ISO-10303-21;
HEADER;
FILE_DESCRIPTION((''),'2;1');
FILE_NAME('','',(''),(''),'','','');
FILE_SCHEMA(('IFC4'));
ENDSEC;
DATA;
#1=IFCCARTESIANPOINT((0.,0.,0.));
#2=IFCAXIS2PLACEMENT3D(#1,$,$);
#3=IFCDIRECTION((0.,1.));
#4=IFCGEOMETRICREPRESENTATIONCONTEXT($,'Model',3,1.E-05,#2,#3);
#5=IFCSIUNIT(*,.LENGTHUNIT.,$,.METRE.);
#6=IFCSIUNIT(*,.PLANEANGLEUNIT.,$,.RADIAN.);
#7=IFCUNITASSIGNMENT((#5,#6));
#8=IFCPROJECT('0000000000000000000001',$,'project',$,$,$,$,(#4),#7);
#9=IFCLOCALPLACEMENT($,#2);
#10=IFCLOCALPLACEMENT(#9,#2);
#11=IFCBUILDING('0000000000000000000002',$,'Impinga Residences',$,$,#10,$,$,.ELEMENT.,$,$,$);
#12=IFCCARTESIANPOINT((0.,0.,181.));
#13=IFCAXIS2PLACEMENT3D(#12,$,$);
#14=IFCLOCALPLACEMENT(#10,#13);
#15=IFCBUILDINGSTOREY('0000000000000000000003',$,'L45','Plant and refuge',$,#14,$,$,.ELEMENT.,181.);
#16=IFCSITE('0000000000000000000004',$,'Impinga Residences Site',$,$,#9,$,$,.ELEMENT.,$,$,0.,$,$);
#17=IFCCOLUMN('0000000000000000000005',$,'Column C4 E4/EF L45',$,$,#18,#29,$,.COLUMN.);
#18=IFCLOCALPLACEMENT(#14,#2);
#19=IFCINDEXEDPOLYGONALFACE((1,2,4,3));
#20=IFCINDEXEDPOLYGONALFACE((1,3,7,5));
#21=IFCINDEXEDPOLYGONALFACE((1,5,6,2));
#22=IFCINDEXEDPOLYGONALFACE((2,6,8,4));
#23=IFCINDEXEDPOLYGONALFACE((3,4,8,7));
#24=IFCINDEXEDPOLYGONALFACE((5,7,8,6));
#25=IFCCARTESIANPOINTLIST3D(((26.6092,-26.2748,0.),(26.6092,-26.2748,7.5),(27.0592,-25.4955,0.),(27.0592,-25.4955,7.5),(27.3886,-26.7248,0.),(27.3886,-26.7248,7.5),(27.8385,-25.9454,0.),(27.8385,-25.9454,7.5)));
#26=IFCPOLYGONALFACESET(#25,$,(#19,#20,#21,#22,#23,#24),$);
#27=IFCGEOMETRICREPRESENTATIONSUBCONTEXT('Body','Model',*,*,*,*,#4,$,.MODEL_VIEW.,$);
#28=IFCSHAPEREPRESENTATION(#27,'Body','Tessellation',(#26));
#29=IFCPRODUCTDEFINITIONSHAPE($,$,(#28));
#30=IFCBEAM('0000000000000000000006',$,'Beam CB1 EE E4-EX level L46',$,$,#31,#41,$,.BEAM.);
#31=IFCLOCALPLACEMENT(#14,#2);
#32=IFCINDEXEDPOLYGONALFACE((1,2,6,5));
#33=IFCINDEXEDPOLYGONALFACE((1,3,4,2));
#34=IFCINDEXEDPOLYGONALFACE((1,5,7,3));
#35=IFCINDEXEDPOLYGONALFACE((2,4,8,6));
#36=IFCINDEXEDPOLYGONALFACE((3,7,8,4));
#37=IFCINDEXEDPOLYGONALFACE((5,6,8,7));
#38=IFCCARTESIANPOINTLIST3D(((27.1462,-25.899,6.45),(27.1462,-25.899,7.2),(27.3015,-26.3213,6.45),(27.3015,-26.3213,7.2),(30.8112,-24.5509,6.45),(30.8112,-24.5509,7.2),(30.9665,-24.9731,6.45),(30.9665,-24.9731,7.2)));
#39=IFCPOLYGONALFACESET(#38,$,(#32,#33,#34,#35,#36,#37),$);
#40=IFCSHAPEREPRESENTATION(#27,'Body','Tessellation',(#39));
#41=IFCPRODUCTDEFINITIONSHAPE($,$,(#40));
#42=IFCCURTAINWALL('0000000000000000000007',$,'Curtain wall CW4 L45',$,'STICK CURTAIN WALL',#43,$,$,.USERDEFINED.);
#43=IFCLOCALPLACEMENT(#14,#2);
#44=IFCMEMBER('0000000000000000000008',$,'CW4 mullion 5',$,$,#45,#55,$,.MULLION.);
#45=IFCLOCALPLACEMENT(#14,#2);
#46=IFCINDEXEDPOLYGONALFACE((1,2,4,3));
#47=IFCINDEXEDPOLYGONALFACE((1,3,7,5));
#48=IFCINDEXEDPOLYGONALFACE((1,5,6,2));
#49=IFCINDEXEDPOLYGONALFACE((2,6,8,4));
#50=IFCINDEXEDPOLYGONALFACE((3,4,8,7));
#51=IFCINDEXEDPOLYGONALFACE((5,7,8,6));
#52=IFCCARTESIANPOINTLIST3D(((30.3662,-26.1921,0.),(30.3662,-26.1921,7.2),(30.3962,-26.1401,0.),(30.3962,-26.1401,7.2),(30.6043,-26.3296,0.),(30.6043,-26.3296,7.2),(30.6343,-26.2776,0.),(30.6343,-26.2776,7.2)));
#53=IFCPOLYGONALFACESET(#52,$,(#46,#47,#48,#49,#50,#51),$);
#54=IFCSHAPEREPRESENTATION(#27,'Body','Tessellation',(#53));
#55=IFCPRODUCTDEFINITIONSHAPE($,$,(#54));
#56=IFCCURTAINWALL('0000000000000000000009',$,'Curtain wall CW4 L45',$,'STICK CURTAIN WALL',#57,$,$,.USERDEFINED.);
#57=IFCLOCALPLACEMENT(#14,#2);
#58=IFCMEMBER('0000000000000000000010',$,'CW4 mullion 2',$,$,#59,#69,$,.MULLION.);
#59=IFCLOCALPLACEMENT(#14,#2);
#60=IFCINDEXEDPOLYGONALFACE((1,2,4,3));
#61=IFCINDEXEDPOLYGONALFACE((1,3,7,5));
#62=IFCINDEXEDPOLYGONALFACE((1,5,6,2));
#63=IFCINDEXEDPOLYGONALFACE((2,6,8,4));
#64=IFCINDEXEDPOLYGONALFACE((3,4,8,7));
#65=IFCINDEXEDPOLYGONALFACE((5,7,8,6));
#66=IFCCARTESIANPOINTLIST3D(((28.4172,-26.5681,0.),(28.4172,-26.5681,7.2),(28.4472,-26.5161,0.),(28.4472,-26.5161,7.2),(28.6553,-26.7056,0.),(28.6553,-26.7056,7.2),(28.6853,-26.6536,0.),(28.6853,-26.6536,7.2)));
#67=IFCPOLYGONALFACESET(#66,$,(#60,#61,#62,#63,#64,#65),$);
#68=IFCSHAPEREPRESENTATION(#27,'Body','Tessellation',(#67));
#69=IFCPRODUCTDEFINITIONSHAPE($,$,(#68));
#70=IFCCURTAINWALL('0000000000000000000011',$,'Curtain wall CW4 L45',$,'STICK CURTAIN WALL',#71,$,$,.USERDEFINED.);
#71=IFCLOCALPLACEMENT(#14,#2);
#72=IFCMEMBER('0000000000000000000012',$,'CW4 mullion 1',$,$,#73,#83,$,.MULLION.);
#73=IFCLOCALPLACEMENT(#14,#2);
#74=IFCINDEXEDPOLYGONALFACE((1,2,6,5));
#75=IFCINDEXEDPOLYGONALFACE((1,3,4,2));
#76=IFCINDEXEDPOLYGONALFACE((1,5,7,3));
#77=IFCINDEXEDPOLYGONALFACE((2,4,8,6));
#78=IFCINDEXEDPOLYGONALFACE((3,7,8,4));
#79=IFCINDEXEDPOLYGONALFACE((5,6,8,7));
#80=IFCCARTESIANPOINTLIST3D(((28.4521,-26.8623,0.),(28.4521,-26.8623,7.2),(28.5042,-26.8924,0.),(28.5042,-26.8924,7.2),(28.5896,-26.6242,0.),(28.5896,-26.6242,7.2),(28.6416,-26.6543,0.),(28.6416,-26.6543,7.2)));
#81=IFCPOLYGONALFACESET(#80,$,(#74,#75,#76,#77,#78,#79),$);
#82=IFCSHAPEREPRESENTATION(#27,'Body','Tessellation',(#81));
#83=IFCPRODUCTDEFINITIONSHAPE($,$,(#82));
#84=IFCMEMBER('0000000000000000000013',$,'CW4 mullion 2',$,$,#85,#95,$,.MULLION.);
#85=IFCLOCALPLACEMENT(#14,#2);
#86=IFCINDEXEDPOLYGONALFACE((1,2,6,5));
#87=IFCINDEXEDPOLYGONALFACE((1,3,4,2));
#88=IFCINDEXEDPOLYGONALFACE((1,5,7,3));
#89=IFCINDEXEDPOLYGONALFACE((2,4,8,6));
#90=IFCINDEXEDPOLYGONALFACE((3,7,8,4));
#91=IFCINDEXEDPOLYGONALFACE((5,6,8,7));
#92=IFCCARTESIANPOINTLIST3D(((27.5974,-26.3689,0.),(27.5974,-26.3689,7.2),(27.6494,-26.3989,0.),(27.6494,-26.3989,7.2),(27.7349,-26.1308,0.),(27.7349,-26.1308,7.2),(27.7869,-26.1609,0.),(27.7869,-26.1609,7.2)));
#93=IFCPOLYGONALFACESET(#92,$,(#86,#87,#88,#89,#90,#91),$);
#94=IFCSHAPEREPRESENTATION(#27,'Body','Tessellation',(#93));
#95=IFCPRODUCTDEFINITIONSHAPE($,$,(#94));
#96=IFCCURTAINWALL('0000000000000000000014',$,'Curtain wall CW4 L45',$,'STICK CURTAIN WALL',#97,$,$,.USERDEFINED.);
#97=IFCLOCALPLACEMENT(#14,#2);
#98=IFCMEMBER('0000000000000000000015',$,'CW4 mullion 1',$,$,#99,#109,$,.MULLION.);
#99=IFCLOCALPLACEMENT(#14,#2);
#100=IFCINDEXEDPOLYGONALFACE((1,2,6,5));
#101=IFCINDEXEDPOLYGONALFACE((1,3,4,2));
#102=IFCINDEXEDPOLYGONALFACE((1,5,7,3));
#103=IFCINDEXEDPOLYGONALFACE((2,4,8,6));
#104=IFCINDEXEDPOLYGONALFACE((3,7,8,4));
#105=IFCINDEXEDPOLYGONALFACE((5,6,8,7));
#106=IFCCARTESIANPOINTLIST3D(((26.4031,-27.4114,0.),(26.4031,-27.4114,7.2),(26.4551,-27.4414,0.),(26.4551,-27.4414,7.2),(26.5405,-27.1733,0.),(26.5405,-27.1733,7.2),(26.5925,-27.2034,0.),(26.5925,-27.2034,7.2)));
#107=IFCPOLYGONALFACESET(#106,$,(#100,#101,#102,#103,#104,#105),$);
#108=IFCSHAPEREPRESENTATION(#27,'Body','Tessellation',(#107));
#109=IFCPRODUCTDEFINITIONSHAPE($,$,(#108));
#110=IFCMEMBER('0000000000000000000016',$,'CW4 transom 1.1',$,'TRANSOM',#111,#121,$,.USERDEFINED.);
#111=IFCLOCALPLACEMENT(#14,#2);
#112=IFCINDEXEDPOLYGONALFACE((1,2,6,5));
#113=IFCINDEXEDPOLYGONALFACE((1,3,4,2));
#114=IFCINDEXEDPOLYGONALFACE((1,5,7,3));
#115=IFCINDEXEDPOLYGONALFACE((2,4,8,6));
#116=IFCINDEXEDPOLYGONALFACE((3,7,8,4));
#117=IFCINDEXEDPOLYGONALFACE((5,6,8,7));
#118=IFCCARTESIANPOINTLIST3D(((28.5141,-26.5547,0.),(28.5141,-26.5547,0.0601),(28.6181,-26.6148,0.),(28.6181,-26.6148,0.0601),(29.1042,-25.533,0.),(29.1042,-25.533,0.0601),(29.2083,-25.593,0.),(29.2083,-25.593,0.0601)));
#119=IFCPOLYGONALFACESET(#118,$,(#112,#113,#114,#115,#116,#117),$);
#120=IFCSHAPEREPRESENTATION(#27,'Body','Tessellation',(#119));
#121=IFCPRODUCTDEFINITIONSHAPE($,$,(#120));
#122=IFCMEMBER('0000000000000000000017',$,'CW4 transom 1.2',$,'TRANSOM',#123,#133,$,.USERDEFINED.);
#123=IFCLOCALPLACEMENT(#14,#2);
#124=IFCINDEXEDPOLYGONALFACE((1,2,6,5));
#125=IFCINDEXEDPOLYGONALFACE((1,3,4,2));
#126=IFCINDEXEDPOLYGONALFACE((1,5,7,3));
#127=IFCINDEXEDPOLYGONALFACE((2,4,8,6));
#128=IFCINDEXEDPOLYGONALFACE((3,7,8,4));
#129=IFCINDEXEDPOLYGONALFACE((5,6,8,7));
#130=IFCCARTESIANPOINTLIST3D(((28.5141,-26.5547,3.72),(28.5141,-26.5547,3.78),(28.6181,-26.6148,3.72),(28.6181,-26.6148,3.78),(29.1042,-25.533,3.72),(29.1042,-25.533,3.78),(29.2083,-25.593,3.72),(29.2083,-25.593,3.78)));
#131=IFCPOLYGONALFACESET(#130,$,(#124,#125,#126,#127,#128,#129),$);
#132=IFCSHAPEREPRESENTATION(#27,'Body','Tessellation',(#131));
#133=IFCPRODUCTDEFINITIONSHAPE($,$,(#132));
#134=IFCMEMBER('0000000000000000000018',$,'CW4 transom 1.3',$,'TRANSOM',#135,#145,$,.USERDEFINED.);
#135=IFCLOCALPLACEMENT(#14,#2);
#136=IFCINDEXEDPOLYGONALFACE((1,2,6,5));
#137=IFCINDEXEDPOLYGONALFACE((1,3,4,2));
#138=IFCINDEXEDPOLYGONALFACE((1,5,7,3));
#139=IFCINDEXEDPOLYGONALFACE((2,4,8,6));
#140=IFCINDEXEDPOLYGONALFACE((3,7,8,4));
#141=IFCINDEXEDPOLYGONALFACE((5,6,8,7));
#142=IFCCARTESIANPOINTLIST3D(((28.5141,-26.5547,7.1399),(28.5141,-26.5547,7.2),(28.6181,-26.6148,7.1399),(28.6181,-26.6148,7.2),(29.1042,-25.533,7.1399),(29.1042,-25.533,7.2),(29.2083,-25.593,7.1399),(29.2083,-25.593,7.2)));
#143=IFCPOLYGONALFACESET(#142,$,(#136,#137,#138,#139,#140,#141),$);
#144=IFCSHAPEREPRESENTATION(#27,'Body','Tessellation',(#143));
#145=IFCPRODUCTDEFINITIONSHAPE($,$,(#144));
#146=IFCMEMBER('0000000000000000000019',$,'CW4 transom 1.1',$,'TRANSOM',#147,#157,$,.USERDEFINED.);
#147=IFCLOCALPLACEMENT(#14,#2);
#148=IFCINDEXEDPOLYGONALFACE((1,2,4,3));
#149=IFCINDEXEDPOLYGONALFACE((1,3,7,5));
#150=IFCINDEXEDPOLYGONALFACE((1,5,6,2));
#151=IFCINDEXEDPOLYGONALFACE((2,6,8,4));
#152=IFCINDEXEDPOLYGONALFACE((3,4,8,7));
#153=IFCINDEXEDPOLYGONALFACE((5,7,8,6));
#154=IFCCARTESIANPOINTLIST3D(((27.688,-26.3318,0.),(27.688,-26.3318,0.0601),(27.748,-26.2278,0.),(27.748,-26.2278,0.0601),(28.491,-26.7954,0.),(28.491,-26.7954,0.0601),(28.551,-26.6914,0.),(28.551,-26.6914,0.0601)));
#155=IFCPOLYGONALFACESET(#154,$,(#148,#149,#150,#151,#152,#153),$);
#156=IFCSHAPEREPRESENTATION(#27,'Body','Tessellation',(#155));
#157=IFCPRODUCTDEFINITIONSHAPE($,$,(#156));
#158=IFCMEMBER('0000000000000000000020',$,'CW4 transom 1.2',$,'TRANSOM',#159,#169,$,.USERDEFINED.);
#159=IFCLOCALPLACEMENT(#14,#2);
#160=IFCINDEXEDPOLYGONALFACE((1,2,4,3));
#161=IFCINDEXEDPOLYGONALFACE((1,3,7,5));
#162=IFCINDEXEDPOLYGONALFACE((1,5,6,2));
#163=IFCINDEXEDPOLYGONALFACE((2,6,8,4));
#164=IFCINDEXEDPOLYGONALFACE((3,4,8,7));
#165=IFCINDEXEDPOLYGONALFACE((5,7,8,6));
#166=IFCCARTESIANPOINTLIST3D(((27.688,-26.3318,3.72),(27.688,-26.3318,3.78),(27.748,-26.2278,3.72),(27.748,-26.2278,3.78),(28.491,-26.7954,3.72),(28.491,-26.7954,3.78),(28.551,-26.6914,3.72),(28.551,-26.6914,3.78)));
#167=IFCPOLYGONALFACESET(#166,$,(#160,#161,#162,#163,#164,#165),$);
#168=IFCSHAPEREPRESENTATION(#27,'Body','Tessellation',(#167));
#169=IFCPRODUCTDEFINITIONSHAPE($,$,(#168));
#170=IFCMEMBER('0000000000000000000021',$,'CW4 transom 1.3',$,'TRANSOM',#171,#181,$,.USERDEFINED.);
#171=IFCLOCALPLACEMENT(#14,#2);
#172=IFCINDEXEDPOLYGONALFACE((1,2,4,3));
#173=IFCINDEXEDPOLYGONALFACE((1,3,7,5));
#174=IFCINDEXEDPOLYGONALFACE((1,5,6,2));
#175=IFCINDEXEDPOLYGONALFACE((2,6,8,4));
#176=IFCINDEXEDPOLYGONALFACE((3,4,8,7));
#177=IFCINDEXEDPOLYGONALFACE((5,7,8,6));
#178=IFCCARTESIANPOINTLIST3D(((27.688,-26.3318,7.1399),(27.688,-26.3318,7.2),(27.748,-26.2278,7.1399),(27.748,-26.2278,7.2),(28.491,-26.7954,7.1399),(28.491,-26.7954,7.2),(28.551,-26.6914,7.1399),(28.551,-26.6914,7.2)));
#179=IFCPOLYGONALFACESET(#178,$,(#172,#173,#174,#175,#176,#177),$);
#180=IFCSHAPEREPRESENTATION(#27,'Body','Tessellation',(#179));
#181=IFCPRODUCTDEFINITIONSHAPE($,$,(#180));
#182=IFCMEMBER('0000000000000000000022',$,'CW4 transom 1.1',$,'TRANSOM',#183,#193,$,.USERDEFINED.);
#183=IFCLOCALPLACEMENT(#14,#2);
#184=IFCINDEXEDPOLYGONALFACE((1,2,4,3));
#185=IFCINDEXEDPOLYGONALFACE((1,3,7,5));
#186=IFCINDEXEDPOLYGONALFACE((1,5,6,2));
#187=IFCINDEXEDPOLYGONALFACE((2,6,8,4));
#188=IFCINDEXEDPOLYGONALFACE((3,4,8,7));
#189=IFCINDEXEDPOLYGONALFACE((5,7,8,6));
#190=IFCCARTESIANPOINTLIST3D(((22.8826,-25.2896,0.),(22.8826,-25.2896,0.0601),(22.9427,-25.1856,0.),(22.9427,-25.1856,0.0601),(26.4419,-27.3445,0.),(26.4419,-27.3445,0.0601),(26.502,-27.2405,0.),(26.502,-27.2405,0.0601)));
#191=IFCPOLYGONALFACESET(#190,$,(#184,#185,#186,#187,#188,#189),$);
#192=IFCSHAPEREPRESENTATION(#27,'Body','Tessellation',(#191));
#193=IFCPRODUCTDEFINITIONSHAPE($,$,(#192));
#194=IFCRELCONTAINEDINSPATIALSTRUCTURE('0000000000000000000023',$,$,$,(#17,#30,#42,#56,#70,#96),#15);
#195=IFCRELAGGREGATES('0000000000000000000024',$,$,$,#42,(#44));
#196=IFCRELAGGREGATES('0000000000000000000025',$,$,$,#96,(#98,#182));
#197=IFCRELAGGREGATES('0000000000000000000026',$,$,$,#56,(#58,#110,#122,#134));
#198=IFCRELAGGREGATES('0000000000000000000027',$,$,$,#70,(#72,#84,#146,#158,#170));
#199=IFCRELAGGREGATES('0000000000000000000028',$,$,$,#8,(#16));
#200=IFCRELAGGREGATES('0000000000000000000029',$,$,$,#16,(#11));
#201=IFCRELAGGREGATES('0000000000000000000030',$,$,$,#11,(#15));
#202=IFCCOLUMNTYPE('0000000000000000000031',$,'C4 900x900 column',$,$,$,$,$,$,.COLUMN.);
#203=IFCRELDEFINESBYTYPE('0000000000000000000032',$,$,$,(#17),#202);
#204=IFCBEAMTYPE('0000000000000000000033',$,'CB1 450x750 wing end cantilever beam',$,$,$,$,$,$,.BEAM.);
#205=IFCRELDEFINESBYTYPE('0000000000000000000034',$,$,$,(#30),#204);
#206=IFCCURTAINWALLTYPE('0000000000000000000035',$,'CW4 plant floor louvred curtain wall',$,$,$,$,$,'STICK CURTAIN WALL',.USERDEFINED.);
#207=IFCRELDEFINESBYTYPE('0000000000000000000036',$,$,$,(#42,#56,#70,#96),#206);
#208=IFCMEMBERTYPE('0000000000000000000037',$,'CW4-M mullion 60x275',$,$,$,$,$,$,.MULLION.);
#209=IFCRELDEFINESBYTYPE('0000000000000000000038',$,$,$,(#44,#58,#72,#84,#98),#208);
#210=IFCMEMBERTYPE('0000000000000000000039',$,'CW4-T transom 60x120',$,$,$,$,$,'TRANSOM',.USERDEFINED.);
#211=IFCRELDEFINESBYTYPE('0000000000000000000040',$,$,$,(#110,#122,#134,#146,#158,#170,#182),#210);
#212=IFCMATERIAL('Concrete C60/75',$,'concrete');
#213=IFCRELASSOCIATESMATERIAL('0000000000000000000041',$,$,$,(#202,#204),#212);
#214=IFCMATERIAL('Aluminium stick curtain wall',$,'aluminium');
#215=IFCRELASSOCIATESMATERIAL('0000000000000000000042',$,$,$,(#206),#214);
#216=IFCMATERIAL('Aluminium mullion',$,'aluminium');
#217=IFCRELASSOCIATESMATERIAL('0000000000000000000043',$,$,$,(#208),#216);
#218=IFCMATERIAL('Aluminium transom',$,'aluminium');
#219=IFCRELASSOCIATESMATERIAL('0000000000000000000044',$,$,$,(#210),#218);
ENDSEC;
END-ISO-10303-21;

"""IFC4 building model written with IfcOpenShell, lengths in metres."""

from ifc_helpers import new_model, si_unit, direction, frame, origin, origin_2d, place, context, subcontext, project, spatial, rectangle, extrude, material, material_profile, profile_set, type_object, element, aggregate, save


model = new_model("IFC4")

# Units and contexts
model_context = context("Model", 3, precision=1e-05, world=origin(), true_north=direction((0.0, 1.0)))
body_context = subcontext(model_context, "Body", "Model", "MODEL_VIEW")
ifc_project = project(units=[si_unit("LENGTHUNIT", "METRE"), si_unit("PLANEANGLEUNIT", "RADIAN")], contexts=[model_context])

# Site, building, storey
site_placement = place(None, origin())
site = spatial("IfcSite", under=ifc_project, at=site_placement, Name="Impinga Residences Site", CompositionType="ELEMENT", RefElevation=0.0)
building_placement = place(site_placement, origin())
building = spatial("IfcBuilding", under=site, at=building_placement, Name="Impinga Residences", CompositionType="ELEMENT")
storey_placement = place(building_placement, frame((0.0, 0.0, 181.0)))
storey = spatial("IfcBuildingStorey", under=building, at=storey_placement, Name="L45", Description="Plant and refuge", CompositionType="ELEMENT", Elevation=181.0)

# Column
ifc_material_1 = material(Name="Concrete C60/75", Category="concrete")
ifc_material_profile_1 = material_profile(ifc_material_1, rectangle(XDim=0.8999, YDim=0.8999, at=origin_2d()), Name="RC 900x900")
ifc_profile_set_1 = profile_set([ifc_material_profile_1], Name="Concrete C60/75")
column_type = type_object("IfcColumnType", Name="C4 900x900 column", PredefinedType="COLUMN", material=ifc_profile_set_1)
column_placement = place(storey_placement, frame((27.2239, -26.1101, 0.0), z_axis=(0.0, 0.0, 1.0), x_axis=(-0.5, -0.866025, 0.0)))
element("IfcColumn", 1, at=column_placement, inside=storey, type_object=column_type, Name="Column C4 E4/EF L45", PredefinedType="COLUMN", context=body_context, shape_type="SweptSolid", body=[
    extrude(rectangle(XDim=0.8999, YDim=0.8999, at=origin_2d()), origin(), (0.0, 0.0, 1.0), 7.5),
])

# Beam
ifc_material_profile_2 = material_profile(ifc_material_1, rectangle(XDim=0.45, YDim=0.75, at=origin_2d()), Name="RC 450x750")
ifc_profile_set_2 = profile_set([ifc_material_profile_2], Name="Concrete C60/75")
beam_type = type_object("IfcBeamType", Name="CB1 450x750 wing end cantilever beam", PredefinedType="BEAM", material=ifc_profile_set_2)
beam_placement = place(storey_placement, frame((27.2239, -26.1101, 6.825), z_axis=(0.93852, 0.345224, 0.0), x_axis=(-0.345224, 0.93852, 0.0)))
element("IfcBeam", 2, at=beam_placement, inside=storey, type_object=beam_type, Name="Beam CB1 EE E4-EX level L46", PredefinedType="BEAM", context=body_context, shape_type="SweptSolid", body=[
    extrude(rectangle(XDim=0.45, YDim=0.75, at=origin_2d()), origin(), (0.0, 0.0, 1.0), 3.905),
])

# Curtain walls, members
ifc_material_2 = material(Name="Aluminium stick curtain wall", Category="aluminium")
curtain_wall_type = type_object("IfcCurtainWallType", Name="CW4 plant floor louvred curtain wall", ElementType="STICK CURTAIN WALL", PredefinedType="USERDEFINED", material=ifc_material_2)
curtain_wall_1_placement = place(storey_placement, origin())
curtain_wall_1 = element("IfcCurtainWall", 3, at=curtain_wall_1_placement, inside=storey, type_object=curtain_wall_type, Name="Curtain wall CW4 L45", ObjectType="STICK CURTAIN WALL", PredefinedType="USERDEFINED")
ifc_material_3 = material(Name="Aluminium mullion", Category="aluminium")
ifc_material_profile_3 = material_profile(ifc_material_3, rectangle(XDim=0.0601, YDim=0.2749, at=origin_2d()), Name="60x275 mullion")
ifc_profile_set_3 = profile_set([ifc_material_profile_3], Name="Aluminium mullion")
member_type_1 = type_object("IfcMemberType", Name="CW4-M mullion 60x275", PredefinedType="MULLION", material=ifc_profile_set_3)
member_1_placement = place(storey_placement, frame((30.5002, -26.2349, 0.0), z_axis=(0.0, 0.0, 1.0), x_axis=(-0.5, -0.866025, 0.0)))
member_1 = element("IfcMember", 4, at=member_1_placement, type_object=member_type_1, Name="CW4 mullion 5", PredefinedType="MULLION", context=body_context, shape_type="SweptSolid", body=[
    extrude(rectangle(XDim=0.0601, YDim=0.2749, at=origin_2d()), origin(), (0.0, 0.0, 1.0), 7.2),
])
aggregate(curtain_wall_1, [member_1])
curtain_wall_2_placement = place(storey_placement, origin())
curtain_wall_2 = element("IfcCurtainWall", 5, at=curtain_wall_2_placement, inside=storey, type_object=curtain_wall_type, Name="Curtain wall CW4 L45", ObjectType="STICK CURTAIN WALL", PredefinedType="USERDEFINED")
member_2_placement = place(storey_placement, frame((28.5513, -26.6108, 0.0), z_axis=(0.0, 0.0, 1.0), x_axis=(-0.5, -0.866025, 0.0)))
member_2 = element("IfcMember", 6, at=member_2_placement, type_object=member_type_1, Name="CW4 mullion 2", PredefinedType="MULLION", context=body_context, shape_type="SweptSolid", body=[
    extrude(rectangle(XDim=0.0601, YDim=0.2749, at=origin_2d()), origin(), (0.0, 0.0, 1.0), 7.2),
])

# Curtain wall, members
curtain_wall_3_placement = place(storey_placement, origin())
curtain_wall_3 = element("IfcCurtainWall", 7, at=curtain_wall_3_placement, inside=storey, type_object=curtain_wall_type, Name="Curtain wall CW4 L45", ObjectType="STICK CURTAIN WALL", PredefinedType="USERDEFINED")
member_3_placement = place(storey_placement, frame((28.5469, -26.7583, 0.0), z_axis=(0.0, 0.0, 1.0), x_axis=(-0.866025, 0.5, 0.0)))
member_3 = element("IfcMember", 8, at=member_3_placement, type_object=member_type_1, Name="CW4 mullion 1", PredefinedType="MULLION", context=body_context, shape_type="SweptSolid", body=[
    extrude(rectangle(XDim=0.0601, YDim=0.2749, at=origin_2d()), origin(), (0.0, 0.0, 1.0), 7.2),
])
member_4_placement = place(storey_placement, frame((27.6921, -26.2649, 0.0), z_axis=(0.0, 0.0, 1.0), x_axis=(-0.866025, 0.5, 0.0)))
member_4 = element("IfcMember", 9, at=member_4_placement, type_object=member_type_1, Name="CW4 mullion 2", PredefinedType="MULLION", context=body_context, shape_type="SweptSolid", body=[
    extrude(rectangle(XDim=0.0601, YDim=0.2749, at=origin_2d()), origin(), (0.0, 0.0, 1.0), 7.2),
])

# Curtain wall, member
curtain_wall_4_placement = place(storey_placement, origin())
curtain_wall_4 = element("IfcCurtainWall", 10, at=curtain_wall_4_placement, inside=storey, type_object=curtain_wall_type, Name="Curtain wall CW4 L45", ObjectType="STICK CURTAIN WALL", PredefinedType="USERDEFINED")
member_5_placement = place(storey_placement, frame((26.4978, -27.3074, 0.0), z_axis=(0.0, 0.0, 1.0), x_axis=(-0.866025, 0.5, 0.0)))
member_5 = element("IfcMember", 11, at=member_5_placement, type_object=member_type_1, Name="CW4 mullion 1", PredefinedType="MULLION", context=body_context, shape_type="SweptSolid", body=[
    extrude(rectangle(XDim=0.0601, YDim=0.2749, at=origin_2d()), origin(), (0.0, 0.0, 1.0), 7.2),
])

# Members
ifc_material_4 = material(Name="Aluminium transom", Category="aluminium")
ifc_material_profile_4 = material_profile(ifc_material_4, rectangle(XDim=0.0601, YDim=0.1201, at=origin_2d()), Name="60x120 transom")
ifc_profile_set_4 = profile_set([ifc_material_profile_4], Name="Aluminium transom")
member_type_2 = type_object("IfcMemberType", Name="CW4-T transom 60x120", ElementType="TRANSOM", PredefinedType="USERDEFINED", material=ifc_profile_set_4)
member_6_placement = place(storey_placement, frame((29.1562, -25.563, 0.03), z_axis=(-0.500122, -0.865955, 0.0), x_axis=(0.0, 0.0, 1.0)))
member_6 = element("IfcMember", 12, at=member_6_placement, type_object=member_type_2, Name="CW4 transom 1.1", ObjectType="TRANSOM", PredefinedType="USERDEFINED", context=body_context, shape_type="SweptSolid", body=[
    extrude(rectangle(XDim=0.0601, YDim=0.1201, at=origin_2d()), origin(), (0.0, 0.0, 1.0), 1.1799),
])
member_7_placement = place(storey_placement, frame((29.1562, -25.563, 3.75), z_axis=(-0.500122, -0.865955, 0.0), x_axis=(0.0, 0.0, 1.0)))
member_7 = element("IfcMember", 13, at=member_7_placement, type_object=member_type_2, Name="CW4 transom 1.2", ObjectType="TRANSOM", PredefinedType="USERDEFINED", context=body_context, shape_type="SweptSolid", body=[
    extrude(rectangle(XDim=0.0601, YDim=0.1201, at=origin_2d()), origin(), (0.0, 0.0, 1.0), 1.1799),
])
member_8_placement = place(storey_placement, frame((29.1562, -25.563, 7.1699), z_axis=(-0.500122, -0.865955, 0.0), x_axis=(0.0, 0.0, 1.0)))
member_8 = element("IfcMember", 14, at=member_8_placement, type_object=member_type_2, Name="CW4 transom 1.3", ObjectType="TRANSOM", PredefinedType="USERDEFINED", context=body_context, shape_type="SweptSolid", body=[
    extrude(rectangle(XDim=0.0601, YDim=0.1201, at=origin_2d()), origin(), (0.0, 0.0, 1.0), 1.1799),
])
member_9_placement = place(storey_placement, frame((28.521, -26.7434, 0.03), z_axis=(-0.866015, 0.500019, 0.0), x_axis=(0.0, 0.0, 1.0)))
member_9 = element("IfcMember", 15, at=member_9_placement, type_object=member_type_2, Name="CW4 transom 1.1", ObjectType="TRANSOM", PredefinedType="USERDEFINED", context=body_context, shape_type="SweptSolid", body=[
    extrude(rectangle(XDim=0.0601, YDim=0.1201, at=origin_2d()), origin(), (0.0, 0.0, 1.0), 0.9272),
])
member_10_placement = place(storey_placement, frame((28.521, -26.7434, 3.75), z_axis=(-0.866015, 0.500019, 0.0), x_axis=(0.0, 0.0, 1.0)))
member_10 = element("IfcMember", 16, at=member_10_placement, type_object=member_type_2, Name="CW4 transom 1.2", ObjectType="TRANSOM", PredefinedType="USERDEFINED", context=body_context, shape_type="SweptSolid", body=[
    extrude(rectangle(XDim=0.0601, YDim=0.1201, at=origin_2d()), origin(), (0.0, 0.0, 1.0), 0.9272),
])
member_11_placement = place(storey_placement, frame((28.521, -26.7434, 7.1699), z_axis=(-0.866015, 0.500019, 0.0), x_axis=(0.0, 0.0, 1.0)))
member_11 = element("IfcMember", 17, at=member_11_placement, type_object=member_type_2, Name="CW4 transom 1.3", ObjectType="TRANSOM", PredefinedType="USERDEFINED", context=body_context, shape_type="SweptSolid", body=[
    extrude(rectangle(XDim=0.0601, YDim=0.1201, at=origin_2d()), origin(), (0.0, 0.0, 1.0), 0.9272),
])
member_12_placement = place(storey_placement, frame((26.4719, -27.2925, 0.03), z_axis=(-0.86603, 0.499992, 0.0), x_axis=(0.0, 0.0, 1.0)))
member_12 = element("IfcMember", 18, at=member_12_placement, type_object=member_type_2, Name="CW4 transom 1.1", ObjectType="TRANSOM", PredefinedType="USERDEFINED", context=body_context, shape_type="SweptSolid", body=[
    extrude(rectangle(XDim=0.0601, YDim=0.1201, at=origin_2d()), origin(), (0.0, 0.0, 1.0), 4.1099),
])
aggregate(curtain_wall_4, [member_5, member_12])

aggregate(curtain_wall_2, [member_2, member_6, member_7, member_8])
aggregate(curtain_wall_3, [member_3, member_4, member_9, member_10, member_11])

save(model, "model.ifc")
